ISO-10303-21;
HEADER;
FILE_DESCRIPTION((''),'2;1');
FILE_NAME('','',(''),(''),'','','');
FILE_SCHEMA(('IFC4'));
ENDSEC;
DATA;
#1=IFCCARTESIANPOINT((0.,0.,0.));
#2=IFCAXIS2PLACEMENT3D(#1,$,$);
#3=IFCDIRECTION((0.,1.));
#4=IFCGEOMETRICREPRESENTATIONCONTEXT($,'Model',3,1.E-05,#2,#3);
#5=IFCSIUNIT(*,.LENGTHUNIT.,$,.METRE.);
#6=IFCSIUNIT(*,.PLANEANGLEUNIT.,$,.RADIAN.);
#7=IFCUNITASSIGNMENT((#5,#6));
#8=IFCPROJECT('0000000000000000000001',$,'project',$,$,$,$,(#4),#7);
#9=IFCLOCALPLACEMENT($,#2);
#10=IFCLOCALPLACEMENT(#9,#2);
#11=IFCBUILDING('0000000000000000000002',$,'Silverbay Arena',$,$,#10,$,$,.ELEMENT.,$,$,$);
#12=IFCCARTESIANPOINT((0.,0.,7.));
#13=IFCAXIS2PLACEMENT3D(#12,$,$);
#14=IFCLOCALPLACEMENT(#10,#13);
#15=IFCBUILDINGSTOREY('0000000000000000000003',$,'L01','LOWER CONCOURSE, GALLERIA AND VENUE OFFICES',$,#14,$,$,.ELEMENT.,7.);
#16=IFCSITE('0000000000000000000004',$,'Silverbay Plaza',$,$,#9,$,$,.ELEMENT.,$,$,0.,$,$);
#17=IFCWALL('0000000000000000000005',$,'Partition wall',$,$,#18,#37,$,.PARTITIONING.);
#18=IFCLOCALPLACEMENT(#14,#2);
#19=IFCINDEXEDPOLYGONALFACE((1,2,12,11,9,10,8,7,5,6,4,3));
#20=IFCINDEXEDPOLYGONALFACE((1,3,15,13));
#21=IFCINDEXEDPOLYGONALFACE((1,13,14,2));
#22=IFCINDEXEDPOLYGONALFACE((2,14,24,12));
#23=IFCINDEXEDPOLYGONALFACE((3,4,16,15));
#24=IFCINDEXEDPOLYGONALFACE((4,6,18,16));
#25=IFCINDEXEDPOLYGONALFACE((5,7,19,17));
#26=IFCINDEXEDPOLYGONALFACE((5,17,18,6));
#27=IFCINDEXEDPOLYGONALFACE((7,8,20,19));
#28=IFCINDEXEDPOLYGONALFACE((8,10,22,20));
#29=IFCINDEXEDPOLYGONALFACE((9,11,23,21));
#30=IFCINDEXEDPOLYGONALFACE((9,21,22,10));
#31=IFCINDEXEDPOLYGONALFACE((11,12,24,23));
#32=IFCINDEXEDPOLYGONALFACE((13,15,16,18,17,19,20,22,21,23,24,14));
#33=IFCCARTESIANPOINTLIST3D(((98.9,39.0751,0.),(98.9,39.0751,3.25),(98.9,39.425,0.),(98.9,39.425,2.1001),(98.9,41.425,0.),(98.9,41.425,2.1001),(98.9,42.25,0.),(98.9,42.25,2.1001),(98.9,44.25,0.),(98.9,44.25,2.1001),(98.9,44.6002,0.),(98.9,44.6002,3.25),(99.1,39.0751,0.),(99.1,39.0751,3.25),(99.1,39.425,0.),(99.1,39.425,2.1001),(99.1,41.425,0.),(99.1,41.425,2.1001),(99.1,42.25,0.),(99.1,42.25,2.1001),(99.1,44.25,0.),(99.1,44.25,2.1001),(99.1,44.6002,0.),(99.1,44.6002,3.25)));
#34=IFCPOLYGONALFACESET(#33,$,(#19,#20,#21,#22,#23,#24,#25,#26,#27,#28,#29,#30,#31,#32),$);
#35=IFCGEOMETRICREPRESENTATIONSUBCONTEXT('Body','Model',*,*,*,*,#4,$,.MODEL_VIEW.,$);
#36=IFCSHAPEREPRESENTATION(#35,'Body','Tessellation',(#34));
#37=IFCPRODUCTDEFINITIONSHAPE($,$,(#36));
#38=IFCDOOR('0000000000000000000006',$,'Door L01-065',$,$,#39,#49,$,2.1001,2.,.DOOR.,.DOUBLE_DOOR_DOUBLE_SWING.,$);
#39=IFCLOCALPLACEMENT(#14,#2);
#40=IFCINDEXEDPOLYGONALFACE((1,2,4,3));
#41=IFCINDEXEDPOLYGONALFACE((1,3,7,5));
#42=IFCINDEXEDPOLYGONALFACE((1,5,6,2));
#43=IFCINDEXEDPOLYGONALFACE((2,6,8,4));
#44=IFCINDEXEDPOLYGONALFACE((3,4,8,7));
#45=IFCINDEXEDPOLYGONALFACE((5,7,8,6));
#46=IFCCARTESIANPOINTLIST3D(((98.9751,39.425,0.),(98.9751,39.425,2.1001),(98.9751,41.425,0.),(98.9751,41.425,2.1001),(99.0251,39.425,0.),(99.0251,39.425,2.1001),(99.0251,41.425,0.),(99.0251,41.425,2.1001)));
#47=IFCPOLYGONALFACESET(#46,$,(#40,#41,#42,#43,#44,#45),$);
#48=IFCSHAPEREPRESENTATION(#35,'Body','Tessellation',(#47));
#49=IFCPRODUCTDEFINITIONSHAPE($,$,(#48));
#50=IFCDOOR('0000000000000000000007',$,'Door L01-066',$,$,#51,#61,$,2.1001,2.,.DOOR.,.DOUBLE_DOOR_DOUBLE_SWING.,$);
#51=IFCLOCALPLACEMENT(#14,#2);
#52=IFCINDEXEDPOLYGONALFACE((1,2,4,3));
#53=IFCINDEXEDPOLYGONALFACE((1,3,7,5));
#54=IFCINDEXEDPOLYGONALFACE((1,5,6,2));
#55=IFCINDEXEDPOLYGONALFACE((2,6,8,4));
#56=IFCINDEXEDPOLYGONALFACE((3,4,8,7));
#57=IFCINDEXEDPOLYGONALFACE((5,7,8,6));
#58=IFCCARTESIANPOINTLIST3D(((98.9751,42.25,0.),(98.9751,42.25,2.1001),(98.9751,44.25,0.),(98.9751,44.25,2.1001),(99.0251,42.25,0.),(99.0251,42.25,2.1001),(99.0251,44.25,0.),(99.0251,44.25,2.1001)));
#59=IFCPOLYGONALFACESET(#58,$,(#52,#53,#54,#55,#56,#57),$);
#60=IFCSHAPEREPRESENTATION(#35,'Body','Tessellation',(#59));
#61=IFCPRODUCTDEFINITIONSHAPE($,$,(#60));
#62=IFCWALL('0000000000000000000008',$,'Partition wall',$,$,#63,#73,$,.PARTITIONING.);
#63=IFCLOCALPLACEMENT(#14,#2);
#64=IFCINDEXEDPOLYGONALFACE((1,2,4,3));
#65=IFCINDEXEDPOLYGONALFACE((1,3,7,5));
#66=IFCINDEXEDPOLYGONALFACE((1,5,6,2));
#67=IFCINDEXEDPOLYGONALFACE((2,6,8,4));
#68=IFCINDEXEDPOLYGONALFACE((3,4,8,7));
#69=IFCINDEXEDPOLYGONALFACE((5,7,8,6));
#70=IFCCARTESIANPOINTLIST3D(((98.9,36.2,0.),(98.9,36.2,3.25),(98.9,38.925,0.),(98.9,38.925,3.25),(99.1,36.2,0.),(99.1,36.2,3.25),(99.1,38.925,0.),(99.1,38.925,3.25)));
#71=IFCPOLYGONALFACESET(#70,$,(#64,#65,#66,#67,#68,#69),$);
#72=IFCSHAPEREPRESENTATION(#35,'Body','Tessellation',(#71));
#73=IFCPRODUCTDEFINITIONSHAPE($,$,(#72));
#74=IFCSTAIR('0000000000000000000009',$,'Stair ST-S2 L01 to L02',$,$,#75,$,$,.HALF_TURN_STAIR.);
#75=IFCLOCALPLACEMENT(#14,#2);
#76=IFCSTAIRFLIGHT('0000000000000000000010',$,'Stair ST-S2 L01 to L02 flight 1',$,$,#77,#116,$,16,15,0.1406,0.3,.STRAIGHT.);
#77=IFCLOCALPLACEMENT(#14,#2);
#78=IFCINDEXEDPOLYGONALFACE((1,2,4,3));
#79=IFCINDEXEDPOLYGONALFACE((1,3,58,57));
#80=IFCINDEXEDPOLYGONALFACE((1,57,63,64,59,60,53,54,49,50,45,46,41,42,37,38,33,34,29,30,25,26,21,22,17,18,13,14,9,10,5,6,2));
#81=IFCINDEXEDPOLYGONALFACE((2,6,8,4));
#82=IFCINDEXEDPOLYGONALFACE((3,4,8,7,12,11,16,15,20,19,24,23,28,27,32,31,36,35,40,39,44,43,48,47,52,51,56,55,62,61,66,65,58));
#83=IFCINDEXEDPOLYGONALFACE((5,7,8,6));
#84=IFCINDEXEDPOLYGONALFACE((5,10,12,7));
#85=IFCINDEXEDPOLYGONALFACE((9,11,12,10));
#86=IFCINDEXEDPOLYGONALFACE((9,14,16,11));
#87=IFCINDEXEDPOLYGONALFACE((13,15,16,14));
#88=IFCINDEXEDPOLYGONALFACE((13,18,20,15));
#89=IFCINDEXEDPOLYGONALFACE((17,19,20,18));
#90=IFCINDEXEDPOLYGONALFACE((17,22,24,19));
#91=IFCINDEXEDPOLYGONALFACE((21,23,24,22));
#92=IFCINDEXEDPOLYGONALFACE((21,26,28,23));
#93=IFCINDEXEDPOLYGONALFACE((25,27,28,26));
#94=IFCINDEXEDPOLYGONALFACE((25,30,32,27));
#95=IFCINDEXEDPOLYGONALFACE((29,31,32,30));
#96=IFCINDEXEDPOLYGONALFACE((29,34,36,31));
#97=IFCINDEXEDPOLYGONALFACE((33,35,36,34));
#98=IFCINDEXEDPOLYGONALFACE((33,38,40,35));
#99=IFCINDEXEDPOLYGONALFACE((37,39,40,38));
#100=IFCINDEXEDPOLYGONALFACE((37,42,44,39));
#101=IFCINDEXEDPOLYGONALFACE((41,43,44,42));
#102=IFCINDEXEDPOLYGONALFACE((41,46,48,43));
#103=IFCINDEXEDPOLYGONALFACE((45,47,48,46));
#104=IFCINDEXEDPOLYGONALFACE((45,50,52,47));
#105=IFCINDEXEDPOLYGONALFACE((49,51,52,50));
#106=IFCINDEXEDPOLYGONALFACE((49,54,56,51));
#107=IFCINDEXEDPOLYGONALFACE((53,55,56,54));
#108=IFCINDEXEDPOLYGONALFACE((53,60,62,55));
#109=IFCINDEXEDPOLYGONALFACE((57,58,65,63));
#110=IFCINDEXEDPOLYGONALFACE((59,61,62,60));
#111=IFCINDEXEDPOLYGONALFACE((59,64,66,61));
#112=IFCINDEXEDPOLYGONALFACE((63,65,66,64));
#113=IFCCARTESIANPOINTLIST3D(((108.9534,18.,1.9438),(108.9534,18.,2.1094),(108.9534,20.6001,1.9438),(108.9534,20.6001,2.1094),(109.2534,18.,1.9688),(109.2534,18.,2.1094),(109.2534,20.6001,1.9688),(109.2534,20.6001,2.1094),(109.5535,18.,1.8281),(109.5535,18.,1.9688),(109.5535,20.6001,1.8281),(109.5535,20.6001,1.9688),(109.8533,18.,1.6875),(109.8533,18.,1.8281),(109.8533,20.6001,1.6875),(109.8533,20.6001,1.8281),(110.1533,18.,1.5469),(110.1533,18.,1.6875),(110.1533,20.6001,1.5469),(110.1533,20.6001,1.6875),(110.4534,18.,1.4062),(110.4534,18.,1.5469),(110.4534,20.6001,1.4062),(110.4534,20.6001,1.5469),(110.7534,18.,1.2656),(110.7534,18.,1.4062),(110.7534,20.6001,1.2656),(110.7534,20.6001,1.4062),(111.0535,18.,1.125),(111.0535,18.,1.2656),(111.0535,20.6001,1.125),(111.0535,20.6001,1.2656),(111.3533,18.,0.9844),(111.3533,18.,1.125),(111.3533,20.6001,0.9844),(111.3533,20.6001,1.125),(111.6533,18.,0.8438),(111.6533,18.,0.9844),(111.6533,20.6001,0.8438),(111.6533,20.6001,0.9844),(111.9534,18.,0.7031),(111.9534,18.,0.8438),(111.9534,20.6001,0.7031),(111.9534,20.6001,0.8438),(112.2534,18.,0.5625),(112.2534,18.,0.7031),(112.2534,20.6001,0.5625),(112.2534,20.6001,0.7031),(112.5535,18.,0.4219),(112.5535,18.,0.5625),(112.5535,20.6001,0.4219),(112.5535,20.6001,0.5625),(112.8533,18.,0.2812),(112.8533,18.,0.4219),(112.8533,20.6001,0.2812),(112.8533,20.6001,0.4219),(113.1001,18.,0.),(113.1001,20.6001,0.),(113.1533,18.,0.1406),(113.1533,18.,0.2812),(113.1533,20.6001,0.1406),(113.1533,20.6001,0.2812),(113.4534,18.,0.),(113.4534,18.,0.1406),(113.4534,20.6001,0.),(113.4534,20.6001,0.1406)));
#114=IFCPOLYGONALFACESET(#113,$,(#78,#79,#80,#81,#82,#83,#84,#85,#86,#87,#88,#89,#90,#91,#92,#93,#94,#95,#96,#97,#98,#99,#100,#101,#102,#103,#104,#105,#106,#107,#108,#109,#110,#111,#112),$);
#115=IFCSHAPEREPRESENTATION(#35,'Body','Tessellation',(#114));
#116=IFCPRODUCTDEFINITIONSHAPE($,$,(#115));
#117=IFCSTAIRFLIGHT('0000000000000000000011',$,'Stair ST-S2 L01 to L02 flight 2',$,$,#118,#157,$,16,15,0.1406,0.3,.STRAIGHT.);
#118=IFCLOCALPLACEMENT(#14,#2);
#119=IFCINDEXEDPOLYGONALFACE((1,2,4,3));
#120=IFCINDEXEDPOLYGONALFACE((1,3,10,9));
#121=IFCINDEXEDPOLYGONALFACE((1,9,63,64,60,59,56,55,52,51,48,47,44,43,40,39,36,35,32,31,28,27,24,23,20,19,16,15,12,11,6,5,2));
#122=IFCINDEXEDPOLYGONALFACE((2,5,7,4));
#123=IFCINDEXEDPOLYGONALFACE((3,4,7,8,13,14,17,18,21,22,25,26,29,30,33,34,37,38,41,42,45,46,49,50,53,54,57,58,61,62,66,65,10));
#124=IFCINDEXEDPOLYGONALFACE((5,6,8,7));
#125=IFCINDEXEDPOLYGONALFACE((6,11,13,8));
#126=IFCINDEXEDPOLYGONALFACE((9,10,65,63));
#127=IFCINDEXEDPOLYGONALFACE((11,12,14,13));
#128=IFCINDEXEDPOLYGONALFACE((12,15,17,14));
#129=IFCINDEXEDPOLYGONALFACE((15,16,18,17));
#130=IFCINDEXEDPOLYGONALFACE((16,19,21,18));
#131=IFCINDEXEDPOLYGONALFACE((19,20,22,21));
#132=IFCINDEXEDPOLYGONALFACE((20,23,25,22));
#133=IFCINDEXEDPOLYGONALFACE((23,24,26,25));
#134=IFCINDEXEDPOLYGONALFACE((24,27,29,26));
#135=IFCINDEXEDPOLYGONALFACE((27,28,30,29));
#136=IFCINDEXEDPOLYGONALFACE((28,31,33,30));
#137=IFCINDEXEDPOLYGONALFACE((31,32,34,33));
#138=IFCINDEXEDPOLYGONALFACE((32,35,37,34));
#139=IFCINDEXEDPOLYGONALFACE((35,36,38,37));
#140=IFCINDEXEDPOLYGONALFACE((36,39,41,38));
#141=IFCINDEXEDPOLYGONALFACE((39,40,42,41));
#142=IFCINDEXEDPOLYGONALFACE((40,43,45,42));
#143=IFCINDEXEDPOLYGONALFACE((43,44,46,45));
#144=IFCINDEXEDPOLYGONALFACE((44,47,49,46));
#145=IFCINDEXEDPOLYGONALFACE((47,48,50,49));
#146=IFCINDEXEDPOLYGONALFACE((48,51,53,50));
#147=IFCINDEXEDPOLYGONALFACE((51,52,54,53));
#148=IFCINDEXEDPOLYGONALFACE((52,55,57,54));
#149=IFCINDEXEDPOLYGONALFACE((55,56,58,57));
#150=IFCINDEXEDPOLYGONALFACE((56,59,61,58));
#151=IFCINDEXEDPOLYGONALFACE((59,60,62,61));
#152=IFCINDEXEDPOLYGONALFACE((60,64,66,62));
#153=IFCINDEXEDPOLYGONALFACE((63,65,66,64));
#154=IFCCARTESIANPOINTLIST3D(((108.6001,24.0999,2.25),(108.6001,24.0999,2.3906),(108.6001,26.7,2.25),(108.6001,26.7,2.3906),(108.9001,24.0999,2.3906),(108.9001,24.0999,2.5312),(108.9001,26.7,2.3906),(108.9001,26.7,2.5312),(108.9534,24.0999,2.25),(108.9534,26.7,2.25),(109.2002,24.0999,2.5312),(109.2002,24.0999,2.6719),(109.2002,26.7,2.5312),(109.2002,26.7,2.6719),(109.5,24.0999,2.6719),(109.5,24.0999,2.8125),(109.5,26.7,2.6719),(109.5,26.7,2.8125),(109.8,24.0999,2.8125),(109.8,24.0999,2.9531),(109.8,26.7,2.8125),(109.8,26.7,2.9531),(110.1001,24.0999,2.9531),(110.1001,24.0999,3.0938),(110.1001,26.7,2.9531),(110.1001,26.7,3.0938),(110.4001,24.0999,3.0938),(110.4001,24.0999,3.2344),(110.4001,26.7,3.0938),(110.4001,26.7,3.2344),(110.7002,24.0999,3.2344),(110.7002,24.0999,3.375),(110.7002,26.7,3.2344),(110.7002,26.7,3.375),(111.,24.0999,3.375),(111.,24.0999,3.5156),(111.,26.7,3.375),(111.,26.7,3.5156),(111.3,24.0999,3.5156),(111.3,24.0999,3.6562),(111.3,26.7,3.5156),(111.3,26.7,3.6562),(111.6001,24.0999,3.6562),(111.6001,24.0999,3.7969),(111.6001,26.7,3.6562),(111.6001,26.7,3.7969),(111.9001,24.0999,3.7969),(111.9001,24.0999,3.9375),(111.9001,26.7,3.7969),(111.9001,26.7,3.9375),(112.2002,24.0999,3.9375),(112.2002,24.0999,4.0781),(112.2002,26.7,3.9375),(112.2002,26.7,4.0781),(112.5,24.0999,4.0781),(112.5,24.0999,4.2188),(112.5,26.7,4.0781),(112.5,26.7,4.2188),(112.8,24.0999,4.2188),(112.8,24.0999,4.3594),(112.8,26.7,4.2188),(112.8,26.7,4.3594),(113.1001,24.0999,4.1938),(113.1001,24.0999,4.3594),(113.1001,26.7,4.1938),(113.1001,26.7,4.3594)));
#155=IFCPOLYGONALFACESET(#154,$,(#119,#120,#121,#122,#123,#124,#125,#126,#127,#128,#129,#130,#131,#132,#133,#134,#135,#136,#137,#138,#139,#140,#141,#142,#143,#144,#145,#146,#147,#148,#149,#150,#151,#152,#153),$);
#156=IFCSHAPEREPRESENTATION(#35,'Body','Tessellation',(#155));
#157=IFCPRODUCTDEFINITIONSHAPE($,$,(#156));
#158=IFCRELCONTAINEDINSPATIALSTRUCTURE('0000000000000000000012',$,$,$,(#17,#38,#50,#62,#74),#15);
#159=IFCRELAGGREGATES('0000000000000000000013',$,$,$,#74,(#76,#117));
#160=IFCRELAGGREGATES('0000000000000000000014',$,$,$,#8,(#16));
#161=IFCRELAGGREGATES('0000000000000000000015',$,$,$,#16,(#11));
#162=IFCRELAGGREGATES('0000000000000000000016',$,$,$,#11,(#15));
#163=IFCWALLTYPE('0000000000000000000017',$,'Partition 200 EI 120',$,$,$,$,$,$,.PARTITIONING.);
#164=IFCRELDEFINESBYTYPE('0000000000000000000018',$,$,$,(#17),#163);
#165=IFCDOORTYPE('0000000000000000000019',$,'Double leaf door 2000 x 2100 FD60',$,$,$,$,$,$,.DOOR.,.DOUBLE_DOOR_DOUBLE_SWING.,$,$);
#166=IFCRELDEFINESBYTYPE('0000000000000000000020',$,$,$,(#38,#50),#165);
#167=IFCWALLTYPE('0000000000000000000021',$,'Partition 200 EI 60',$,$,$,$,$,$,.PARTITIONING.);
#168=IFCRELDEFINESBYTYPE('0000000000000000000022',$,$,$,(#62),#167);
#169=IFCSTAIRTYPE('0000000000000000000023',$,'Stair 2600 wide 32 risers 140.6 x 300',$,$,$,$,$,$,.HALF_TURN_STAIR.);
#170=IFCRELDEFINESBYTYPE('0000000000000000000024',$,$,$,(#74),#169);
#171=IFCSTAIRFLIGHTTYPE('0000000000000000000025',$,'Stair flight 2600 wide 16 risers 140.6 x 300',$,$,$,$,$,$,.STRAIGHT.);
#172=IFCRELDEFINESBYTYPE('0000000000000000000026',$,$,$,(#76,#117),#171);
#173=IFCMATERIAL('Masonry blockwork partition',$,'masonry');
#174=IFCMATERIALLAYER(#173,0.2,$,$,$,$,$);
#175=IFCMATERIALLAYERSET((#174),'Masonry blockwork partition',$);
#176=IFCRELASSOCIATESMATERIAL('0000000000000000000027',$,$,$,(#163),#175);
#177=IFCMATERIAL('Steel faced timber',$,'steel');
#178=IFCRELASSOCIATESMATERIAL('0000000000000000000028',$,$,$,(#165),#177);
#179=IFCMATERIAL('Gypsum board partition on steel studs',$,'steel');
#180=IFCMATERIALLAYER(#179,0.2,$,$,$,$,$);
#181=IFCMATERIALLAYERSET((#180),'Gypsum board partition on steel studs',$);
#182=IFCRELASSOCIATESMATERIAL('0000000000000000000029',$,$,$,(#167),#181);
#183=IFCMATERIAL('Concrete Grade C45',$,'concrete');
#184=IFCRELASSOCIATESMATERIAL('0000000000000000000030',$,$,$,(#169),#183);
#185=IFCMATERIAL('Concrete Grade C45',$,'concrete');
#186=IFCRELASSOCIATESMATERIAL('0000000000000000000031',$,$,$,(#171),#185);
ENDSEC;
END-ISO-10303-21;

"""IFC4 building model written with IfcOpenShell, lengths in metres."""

from ifc_helpers import new_model, si_unit, direction, frame, frame_2d, origin, place, context, subcontext, project, spatial, polyline, rectangle, outline, extrude, material, layer, layer_set, type_object, element, fill, aggregate, save


model = new_model("IFC4")

# Units and contexts
model_context = context("Model", 3, precision=1e-05, world=origin(), true_north=direction((0.0, 1.0)))
body_context = subcontext(model_context, "Body", "Model", "MODEL_VIEW")
ifc_project = project(units=[si_unit("LENGTHUNIT", "METRE"), si_unit("PLANEANGLEUNIT", "RADIAN")], contexts=[model_context])

# Site, building, storey
site_placement = place(None, origin())
site = spatial("IfcSite", under=ifc_project, at=site_placement, Name="Silverbay Plaza", CompositionType="ELEMENT", RefElevation=0.0)
building_placement = place(site_placement, origin())
building = spatial("IfcBuilding", under=site, at=building_placement, Name="Silverbay Arena", CompositionType="ELEMENT")
storey_placement = place(building_placement, frame((0.0, 0.0, 7.0)))
storey = spatial("IfcBuildingStorey", under=building, at=storey_placement, Name="L01", Description="LOWER CONCOURSE, GALLERIA AND VENUE OFFICES", CompositionType="ELEMENT", Elevation=7.0)

# Wall, openings, doors
ifc_material_1 = material(Name="Masonry blockwork partition", Category="masonry")
ifc_layer_1 = layer(ifc_material_1, 0.2)
ifc_layer_set_1 = layer_set([ifc_layer_1], Name="Masonry blockwork partition")
wall_type_1 = type_object("IfcWallType", Name="Partition 200 EI 120", PredefinedType="PARTITIONING", material=ifc_layer_set_1)
wall_1_placement = place(storey_placement, frame((99.0, 39.075, 0.0), z_axis=(0.0, 0.0, 1.0), x_axis=(0.0, 1.0, 0.0)))
wall_1 = element("IfcWall", 1, at=wall_1_placement, inside=storey, type_object=wall_type_1, Name="Partition wall", PredefinedType="PARTITIONING", context=body_context, shape_type="SweptSolid", body=[
    extrude(rectangle(XDim=5.5251, YDim=0.2, at=frame_2d((2.7627, 0.0))), origin(), (0.0, 0.0, 1.0), 3.25),
])
opening_1_placement = place(wall_1_placement, frame((0.3501, 0.0, 0.0)))
opening_1 = element("IfcOpeningElement", 2, at=opening_1_placement, cuts=wall_1, PredefinedType="OPENING", context=body_context, shape_type="SweptSolid", body=[
    extrude(rectangle(XDim=2.0, YDim=2.1001, at=frame_2d((1.0, 1.05))), frame((0.0, 0.1099, 0.0), z_axis=(0.0, -1.0, 0.0), x_axis=(1.0, 0.0, 0.0)), (0.0, 0.0, 1.0), 0.22),
])
opening_2_placement = place(wall_1_placement, frame((3.175, 0.0, 0.0)))
opening_2 = element("IfcOpeningElement", 3, at=opening_2_placement, cuts=wall_1, PredefinedType="OPENING", context=body_context, shape_type="SweptSolid", body=[
    extrude(rectangle(XDim=2.0, YDim=2.1001, at=frame_2d((1.0, 1.05))), frame((0.0, 0.1099, 0.0), z_axis=(0.0, -1.0, 0.0), x_axis=(1.0, 0.0, 0.0)), (0.0, 0.0, 1.0), 0.22),
])
ifc_material_2 = material(Name="Steel faced timber", Category="steel")
door_type_1 = type_object("IfcDoorType", Name="Double leaf door 2000 x 2100 FD60", OperationType="DOUBLE_DOOR_DOUBLE_SWING", PredefinedType="DOOR", material=ifc_material_2)
door_1_placement = place(opening_1_placement, origin())
door_1 = element("IfcDoor", 4, at=door_1_placement, inside=storey, type_object=door_type_1, Name="Door L01-065", OperationType="DOUBLE_DOOR_DOUBLE_SWING", OverallHeight=2.1001, OverallWidth=2.0, PredefinedType="DOOR", context=body_context, shape_type="SweptSolid", body=[
    extrude(rectangle(XDim=2.0, YDim=2.1001, at=frame_2d((1.0, 1.05))), frame((0.0, 0.0249, 0.0), z_axis=(0.0, -1.0, 0.0), x_axis=(1.0, 0.0, 0.0)), (0.0, 0.0, 1.0), 0.05),
])
fill(opening_1, door_1)
door_2_placement = place(opening_2_placement, origin())
door_2 = element("IfcDoor", 5, at=door_2_placement, inside=storey, type_object=door_type_1, Name="Door L01-066", OperationType="DOUBLE_DOOR_DOUBLE_SWING", OverallHeight=2.1001, OverallWidth=2.0, PredefinedType="DOOR", context=body_context, shape_type="SweptSolid", body=[
    extrude(rectangle(XDim=2.0, YDim=2.1001, at=frame_2d((1.0, 1.05))), frame((0.0, 0.0249, 0.0), z_axis=(0.0, -1.0, 0.0), x_axis=(1.0, 0.0, 0.0)), (0.0, 0.0, 1.0), 0.05),
])
fill(opening_2, door_2)

# Wall
ifc_material_3 = material(Name="Gypsum board partition on steel studs", Category="steel")
ifc_layer_2 = layer(ifc_material_3, 0.2)
ifc_layer_set_2 = layer_set([ifc_layer_2], Name="Gypsum board partition on steel studs")
wall_type_2 = type_object("IfcWallType", Name="Partition 200 EI 60", PredefinedType="PARTITIONING", material=ifc_layer_set_2)
wall_2_placement = place(storey_placement, frame((99.0, 36.2, 0.0), z_axis=(0.0, 0.0, 1.0), x_axis=(0.0, 1.0, 0.0)))
element("IfcWall", 6, at=wall_2_placement, inside=storey, type_object=wall_type_2, Name="Partition wall", PredefinedType="PARTITIONING", context=body_context, shape_type="SweptSolid", body=[
    extrude(rectangle(XDim=2.7251, YDim=0.2, at=frame_2d((1.3625, 0.0))), origin(), (0.0, 0.0, 1.0), 3.25),
])

# Stair, stair flights
ifc_material_4 = material(Name="Concrete Grade C45", Category="concrete")
stair_type = type_object("IfcStairType", Name="Stair 2600 wide 32 risers 140.6 x 300", PredefinedType="HALF_TURN_STAIR", material=ifc_material_4)
stair_placement = place(storey_placement, origin())
stair = element("IfcStair", 7, at=stair_placement, inside=storey, type_object=stair_type, Name="Stair ST-S2 L01 to L02", PredefinedType="HALF_TURN_STAIR")
ifc_material_5 = material(Name="Concrete Grade C45", Category="concrete")
stair_flight_type = type_object("IfcStairFlightType", Name="Stair flight 2600 wide 16 risers 140.6 x 300", PredefinedType="STRAIGHT", material=ifc_material_5)
stair_flight_1_placement = place(storey_placement, frame((113.4534, 19.3, 0.0), z_axis=(0.0, 0.0, 1.0), x_axis=(-1.0, 0.0, 0.0)))
stair_flight_1 = element("IfcStairFlight", 8, at=stair_flight_1_placement, type_object=stair_flight_type, Name="Stair ST-S2 L01 to L02 flight 1", NumberOfRisers=16, NumberOfTreads=15, PredefinedType="STRAIGHT", RiserHeight=0.1406, TreadLength=0.3, context=body_context, shape_type="SweptSolid", body=[
    extrude(outline(polyline([(0.0, 0.0), (0.0, 0.1406), (0.3, 0.1406), (0.3, 0.2812), (0.6001, 0.2812), (0.6001, 0.4219), (0.8999, 0.4219), (0.8999, 0.5625), (1.2, 0.5625), (1.2, 0.7031), (1.5, 0.7031), (1.5, 0.8438), (1.8, 0.8438), (1.8, 0.9844), (2.1001, 0.9844), (2.1001, 1.125), (2.3999, 1.125), (2.3999, 1.2656), (2.7, 1.2656), (2.7, 1.4062), (3.0, 1.4062), (3.0, 1.5469), (3.3, 1.5469), (3.3, 1.6875), (3.6001, 1.6875), (3.6001, 1.8281), (3.8999, 1.8281), (3.8999, 1.9688), (4.2, 1.9688), (4.2, 2.1094), (4.5, 2.1094), (4.5, 1.9438), (0.3533, 0.0), (0.0, 0.0)])), frame((0.0, 1.3, 0.0), z_axis=(0.0, -1.0, 0.0), x_axis=(1.0, 0.0, 0.0)), (0.0, 0.0, 1.0), 2.6001),
])
stair_flight_2_placement = place(storey_placement, frame((108.6001, 25.3999, 2.25), z_axis=(0.0, 0.0, 1.0), x_axis=(1.0, 0.0, 0.0)))
stair_flight_2 = element("IfcStairFlight", 9, at=stair_flight_2_placement, type_object=stair_flight_type, Name="Stair ST-S2 L01 to L02 flight 2", NumberOfRisers=16, NumberOfTreads=15, PredefinedType="STRAIGHT", RiserHeight=0.1406, TreadLength=0.3, context=body_context, shape_type="SweptSolid", body=[
    extrude(outline(polyline([(0.0, 0.0), (0.0, 0.1406), (0.3, 0.1406), (0.3, 0.2812), (0.6001, 0.2812), (0.6001, 0.4219), (0.8999, 0.4219), (0.8999, 0.5625), (1.2, 0.5625), (1.2, 0.7031), (1.5, 0.7031), (1.5, 0.8438), (1.8, 0.8438), (1.8, 0.9844), (2.1001, 0.9844), (2.1001, 1.125), (2.3999, 1.125), (2.3999, 1.2656), (2.7, 1.2656), (2.7, 1.4062), (3.0, 1.4062), (3.0, 1.5469), (3.3, 1.5469), (3.3, 1.6875), (3.6001, 1.6875), (3.6001, 1.8281), (3.8999, 1.8281), (3.8999, 1.9688), (4.2, 1.9688), (4.2, 2.1094), (4.5, 2.1094), (4.5, 1.9438), (0.3533, 0.0), (0.0, 0.0)])), frame((0.0, 1.3, 0.0), z_axis=(0.0, -1.0, 0.0), x_axis=(1.0, 0.0, 0.0)), (0.0, 0.0, 1.0), 2.6001),
])
aggregate(stair, [stair_flight_1, stair_flight_2])

save(model, "model.ifc")
